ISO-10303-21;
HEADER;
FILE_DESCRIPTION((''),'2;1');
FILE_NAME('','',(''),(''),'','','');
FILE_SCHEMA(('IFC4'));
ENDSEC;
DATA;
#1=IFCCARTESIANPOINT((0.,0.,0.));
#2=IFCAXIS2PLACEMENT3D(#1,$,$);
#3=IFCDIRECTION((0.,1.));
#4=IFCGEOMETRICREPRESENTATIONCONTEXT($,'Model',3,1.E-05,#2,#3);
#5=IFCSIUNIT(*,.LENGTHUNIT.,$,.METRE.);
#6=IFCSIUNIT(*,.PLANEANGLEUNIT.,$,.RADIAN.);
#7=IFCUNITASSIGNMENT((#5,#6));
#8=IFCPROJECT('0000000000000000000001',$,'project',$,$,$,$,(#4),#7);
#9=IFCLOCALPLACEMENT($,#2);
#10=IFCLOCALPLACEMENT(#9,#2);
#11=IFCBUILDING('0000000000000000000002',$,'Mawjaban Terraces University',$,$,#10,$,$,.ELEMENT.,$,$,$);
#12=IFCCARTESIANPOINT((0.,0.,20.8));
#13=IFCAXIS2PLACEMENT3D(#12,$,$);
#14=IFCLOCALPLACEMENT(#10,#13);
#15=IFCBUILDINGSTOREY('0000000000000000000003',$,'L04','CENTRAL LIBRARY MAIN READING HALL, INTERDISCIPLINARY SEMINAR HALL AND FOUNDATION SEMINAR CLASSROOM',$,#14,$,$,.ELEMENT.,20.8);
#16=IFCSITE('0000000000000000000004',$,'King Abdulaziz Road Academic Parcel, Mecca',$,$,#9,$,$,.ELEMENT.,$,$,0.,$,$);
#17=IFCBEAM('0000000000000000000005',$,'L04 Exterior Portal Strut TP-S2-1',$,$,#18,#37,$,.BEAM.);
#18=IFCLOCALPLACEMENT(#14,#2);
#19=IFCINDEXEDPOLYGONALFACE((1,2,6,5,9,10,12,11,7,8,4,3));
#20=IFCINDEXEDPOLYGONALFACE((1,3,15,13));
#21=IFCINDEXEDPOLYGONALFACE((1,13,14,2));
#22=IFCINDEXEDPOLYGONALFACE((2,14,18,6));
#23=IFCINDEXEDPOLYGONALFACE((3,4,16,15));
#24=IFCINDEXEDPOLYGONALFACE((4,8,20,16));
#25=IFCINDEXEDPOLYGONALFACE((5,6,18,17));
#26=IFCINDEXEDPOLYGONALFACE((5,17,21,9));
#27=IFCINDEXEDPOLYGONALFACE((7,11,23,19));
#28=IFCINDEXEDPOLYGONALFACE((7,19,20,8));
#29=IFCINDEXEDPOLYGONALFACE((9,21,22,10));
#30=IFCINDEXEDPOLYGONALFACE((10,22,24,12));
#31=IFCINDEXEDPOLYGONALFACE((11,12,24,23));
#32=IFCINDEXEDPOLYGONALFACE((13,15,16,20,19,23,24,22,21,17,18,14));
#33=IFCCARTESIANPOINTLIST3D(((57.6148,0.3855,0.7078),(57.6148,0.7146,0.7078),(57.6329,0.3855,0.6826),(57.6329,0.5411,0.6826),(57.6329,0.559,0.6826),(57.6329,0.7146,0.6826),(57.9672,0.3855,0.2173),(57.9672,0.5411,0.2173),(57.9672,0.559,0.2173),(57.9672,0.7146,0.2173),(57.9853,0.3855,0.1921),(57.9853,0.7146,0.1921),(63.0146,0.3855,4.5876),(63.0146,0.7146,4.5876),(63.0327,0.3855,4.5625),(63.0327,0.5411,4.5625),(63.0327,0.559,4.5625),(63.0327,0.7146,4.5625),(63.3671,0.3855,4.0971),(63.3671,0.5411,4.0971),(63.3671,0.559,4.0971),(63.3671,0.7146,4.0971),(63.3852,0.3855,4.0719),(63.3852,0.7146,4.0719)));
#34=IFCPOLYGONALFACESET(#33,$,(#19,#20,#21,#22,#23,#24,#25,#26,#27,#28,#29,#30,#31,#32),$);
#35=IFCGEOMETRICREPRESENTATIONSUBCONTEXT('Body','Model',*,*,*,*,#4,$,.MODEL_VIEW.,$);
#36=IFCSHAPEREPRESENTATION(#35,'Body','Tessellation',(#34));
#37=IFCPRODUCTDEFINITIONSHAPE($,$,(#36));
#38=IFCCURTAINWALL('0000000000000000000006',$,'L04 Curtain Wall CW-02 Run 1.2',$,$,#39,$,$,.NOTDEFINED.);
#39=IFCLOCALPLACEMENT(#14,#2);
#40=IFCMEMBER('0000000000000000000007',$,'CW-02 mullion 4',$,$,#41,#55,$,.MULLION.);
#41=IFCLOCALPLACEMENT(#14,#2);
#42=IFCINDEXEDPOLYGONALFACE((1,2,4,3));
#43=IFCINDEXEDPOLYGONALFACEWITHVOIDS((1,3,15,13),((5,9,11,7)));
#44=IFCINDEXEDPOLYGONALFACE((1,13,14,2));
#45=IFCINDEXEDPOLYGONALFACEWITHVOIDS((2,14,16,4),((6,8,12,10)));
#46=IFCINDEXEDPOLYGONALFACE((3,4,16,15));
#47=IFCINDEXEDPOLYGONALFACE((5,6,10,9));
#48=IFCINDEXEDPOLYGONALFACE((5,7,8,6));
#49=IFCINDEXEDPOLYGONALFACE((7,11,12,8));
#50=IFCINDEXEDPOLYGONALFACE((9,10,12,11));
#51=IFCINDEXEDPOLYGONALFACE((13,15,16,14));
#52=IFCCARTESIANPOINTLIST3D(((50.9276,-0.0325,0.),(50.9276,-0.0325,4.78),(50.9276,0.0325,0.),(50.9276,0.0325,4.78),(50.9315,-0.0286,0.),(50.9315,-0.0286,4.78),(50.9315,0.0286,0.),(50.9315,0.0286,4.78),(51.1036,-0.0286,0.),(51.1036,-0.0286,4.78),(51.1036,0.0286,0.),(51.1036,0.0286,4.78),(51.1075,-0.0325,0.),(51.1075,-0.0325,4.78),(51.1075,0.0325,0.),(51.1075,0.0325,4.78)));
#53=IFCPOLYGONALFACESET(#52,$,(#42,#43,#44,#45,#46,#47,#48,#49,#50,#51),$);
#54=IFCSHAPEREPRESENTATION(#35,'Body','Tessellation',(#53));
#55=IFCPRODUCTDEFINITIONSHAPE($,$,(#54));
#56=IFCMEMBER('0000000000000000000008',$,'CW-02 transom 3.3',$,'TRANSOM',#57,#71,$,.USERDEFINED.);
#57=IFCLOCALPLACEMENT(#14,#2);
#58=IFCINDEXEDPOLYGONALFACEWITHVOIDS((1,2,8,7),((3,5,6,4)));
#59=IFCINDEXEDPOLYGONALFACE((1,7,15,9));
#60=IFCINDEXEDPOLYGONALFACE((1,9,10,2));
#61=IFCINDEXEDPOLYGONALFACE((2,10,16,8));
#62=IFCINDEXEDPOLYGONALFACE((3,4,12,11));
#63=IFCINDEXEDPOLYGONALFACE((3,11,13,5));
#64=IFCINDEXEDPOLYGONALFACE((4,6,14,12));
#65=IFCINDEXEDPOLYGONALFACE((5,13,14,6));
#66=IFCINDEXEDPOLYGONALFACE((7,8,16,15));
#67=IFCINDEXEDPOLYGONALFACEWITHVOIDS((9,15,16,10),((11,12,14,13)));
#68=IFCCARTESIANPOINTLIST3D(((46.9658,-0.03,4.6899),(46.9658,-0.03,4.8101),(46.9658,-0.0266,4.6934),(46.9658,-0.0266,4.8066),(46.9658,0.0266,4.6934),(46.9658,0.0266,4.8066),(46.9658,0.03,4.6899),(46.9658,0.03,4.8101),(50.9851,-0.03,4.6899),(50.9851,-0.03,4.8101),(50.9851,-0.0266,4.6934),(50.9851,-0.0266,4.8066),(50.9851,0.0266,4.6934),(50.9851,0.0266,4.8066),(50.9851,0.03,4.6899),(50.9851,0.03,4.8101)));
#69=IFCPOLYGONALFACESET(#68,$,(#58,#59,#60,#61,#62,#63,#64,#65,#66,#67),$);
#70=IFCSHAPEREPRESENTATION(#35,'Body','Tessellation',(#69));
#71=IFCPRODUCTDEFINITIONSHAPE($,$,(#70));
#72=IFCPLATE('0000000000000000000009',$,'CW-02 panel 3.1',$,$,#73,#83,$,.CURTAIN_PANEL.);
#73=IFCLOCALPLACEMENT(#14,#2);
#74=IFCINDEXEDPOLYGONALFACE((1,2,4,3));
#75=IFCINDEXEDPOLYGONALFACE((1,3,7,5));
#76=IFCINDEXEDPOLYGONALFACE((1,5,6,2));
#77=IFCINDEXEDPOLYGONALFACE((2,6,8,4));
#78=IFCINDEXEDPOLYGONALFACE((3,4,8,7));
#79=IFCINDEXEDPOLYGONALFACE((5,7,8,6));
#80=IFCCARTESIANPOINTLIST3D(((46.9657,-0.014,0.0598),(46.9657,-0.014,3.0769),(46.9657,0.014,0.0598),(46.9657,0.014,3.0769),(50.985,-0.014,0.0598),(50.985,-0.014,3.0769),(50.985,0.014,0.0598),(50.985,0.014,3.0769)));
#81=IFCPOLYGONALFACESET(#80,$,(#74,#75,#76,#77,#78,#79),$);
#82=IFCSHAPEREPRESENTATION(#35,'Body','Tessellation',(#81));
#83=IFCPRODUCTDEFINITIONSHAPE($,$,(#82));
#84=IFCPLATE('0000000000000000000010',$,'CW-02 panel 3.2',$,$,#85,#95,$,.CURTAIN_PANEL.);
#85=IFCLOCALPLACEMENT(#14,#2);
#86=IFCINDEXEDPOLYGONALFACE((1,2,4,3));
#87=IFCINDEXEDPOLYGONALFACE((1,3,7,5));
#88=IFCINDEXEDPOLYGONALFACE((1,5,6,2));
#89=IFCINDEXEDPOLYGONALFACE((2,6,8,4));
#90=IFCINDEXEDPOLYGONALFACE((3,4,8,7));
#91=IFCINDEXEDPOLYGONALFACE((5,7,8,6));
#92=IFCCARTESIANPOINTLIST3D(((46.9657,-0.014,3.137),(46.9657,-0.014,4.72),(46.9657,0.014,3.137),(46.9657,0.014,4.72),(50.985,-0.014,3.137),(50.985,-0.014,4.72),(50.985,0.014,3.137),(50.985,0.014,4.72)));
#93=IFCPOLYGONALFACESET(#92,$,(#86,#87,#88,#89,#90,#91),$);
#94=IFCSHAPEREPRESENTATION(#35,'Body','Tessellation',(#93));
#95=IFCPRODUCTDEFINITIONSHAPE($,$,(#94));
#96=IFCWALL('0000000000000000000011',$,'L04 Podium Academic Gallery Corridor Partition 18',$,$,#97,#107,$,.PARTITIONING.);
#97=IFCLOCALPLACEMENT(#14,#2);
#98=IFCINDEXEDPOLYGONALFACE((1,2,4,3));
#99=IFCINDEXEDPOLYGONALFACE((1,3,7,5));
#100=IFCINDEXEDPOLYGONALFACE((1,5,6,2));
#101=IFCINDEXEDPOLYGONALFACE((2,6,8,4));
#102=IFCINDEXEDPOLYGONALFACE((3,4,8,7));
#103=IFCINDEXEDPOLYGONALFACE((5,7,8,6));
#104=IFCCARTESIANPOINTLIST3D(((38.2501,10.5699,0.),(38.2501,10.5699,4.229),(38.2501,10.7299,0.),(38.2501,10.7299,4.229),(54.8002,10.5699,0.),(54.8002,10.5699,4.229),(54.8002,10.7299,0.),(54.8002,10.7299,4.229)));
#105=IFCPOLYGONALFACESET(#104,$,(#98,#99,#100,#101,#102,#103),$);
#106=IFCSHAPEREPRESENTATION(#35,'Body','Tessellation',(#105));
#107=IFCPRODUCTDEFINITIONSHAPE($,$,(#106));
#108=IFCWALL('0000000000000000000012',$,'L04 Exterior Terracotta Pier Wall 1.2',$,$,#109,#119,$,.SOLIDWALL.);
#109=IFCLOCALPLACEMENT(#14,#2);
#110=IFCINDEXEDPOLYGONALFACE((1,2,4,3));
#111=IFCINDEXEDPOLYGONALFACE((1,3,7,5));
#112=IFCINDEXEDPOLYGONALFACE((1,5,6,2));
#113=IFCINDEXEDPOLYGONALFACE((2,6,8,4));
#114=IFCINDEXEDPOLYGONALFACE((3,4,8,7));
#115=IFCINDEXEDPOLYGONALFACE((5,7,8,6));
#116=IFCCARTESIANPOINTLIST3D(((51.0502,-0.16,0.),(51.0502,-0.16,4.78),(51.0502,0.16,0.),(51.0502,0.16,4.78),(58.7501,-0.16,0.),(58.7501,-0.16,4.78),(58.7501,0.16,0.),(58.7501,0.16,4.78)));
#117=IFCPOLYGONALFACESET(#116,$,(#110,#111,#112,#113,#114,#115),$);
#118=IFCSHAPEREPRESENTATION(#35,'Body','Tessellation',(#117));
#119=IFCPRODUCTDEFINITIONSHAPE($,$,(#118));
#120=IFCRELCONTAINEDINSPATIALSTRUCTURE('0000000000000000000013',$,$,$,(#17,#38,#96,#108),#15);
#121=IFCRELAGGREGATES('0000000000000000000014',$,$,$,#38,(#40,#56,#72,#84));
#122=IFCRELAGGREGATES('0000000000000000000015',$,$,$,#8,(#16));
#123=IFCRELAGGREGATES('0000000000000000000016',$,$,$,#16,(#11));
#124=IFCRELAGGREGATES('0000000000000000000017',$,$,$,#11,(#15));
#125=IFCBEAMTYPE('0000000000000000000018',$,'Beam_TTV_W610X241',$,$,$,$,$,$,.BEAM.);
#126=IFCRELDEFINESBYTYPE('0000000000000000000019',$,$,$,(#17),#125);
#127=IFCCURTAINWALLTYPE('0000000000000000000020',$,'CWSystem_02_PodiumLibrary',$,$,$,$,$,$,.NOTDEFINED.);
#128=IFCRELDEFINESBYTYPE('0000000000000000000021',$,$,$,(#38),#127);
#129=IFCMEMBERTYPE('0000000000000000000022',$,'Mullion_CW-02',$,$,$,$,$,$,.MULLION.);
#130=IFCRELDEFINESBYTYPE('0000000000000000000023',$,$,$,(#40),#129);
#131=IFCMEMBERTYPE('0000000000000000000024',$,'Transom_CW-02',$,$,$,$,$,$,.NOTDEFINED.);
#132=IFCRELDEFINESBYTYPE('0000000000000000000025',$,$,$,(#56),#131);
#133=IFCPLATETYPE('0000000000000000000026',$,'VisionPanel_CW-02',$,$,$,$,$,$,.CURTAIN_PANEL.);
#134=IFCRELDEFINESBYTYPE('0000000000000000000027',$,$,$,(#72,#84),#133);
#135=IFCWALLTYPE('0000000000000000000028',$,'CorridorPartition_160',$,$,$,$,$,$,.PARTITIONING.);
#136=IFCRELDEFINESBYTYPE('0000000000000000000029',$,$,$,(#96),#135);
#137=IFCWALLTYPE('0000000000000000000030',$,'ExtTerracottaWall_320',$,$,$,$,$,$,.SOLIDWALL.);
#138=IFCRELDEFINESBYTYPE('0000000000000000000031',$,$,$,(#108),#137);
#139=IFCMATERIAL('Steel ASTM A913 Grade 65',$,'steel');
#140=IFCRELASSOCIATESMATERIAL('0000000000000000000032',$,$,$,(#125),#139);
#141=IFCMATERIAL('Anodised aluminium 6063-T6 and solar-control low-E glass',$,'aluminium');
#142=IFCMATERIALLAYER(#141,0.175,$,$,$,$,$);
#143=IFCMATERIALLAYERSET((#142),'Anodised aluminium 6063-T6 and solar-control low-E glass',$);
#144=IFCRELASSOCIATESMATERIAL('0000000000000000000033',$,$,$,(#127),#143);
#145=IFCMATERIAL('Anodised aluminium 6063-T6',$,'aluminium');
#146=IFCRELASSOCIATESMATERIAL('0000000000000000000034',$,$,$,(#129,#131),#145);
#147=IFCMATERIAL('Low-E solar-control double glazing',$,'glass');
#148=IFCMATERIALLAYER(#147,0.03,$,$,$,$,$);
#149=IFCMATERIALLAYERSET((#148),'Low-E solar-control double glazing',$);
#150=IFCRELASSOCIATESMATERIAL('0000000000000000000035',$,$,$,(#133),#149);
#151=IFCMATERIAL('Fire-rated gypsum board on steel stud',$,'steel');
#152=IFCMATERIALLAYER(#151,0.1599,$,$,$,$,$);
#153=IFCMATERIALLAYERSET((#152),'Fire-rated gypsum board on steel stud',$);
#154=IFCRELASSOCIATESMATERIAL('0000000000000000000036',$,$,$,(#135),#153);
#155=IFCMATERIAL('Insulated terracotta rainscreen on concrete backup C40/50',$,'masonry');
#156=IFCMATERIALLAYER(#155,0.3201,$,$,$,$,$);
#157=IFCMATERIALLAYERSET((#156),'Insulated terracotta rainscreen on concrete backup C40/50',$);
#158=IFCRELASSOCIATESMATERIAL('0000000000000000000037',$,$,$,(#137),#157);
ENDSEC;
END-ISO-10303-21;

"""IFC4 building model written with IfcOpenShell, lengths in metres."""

from ifc_helpers import new_model, si_unit, direction, frame, frame_2d, origin, origin_2d, place, context, subcontext, project, spatial, rectangle, hollow_rectangle, i_section, extrude, material, layer, layer_set, material_profile, profile_set, type_object, element, aggregate, save


model = new_model("IFC4")

# Units and contexts
model_context = context("Model", 3, precision=1e-05, world=origin(), true_north=direction((0.0, 1.0)))
body_context = subcontext(model_context, "Body", "Model", "MODEL_VIEW")
ifc_project = project(units=[si_unit("LENGTHUNIT", "METRE"), si_unit("PLANEANGLEUNIT", "RADIAN")], contexts=[model_context])

# Site, building, storey
site_placement = place(None, origin())
site = spatial("IfcSite", under=ifc_project, at=site_placement, Name="King Abdulaziz Road Academic Parcel, Mecca", CompositionType="ELEMENT", RefElevation=0.0)
building_placement = place(site_placement, origin())
building = spatial("IfcBuilding", under=site, at=building_placement, Name="Mawjaban Terraces University", CompositionType="ELEMENT")
storey_placement = place(building_placement, frame((0.0, 0.0, 20.8)))
storey = spatial("IfcBuildingStorey", under=building, at=storey_placement, Name="L04", Description="CENTRAL LIBRARY MAIN READING HALL, INTERDISCIPLINARY SEMINAR HALL AND FOUNDATION SEMINAR CLASSROOM", CompositionType="ELEMENT", Elevation=20.8)

# Beam
ifc_material_1 = material(Name="Steel ASTM A913 Grade 65", Category="steel")
ifc_material_profile_1 = material_profile(ifc_material_1, i_section(OverallWidth=0.3291, OverallDepth=0.635, WebThickness=0.0178, FlangeThickness=0.031, at=origin_2d()), Name="W610X241")
ifc_profile_set_1 = profile_set([ifc_material_profile_1], Name="Steel ASTM A913 Grade 65")
beam_type_1 = type_object("IfcBeamType", Name="Beam_TTV_W610X241", PredefinedType="BEAM", material=ifc_profile_set_1)
beam_1_placement = place(storey_placement, frame((57.8, 0.55, 0.45), z_axis=(0.812108, 0.0, 0.583507), x_axis=(0.0, 1.0, 0.0)))
element("IfcBeam", 1, at=beam_1_placement, inside=storey, type_object=beam_type_1, Name="L04 Exterior Portal Strut TP-S2-1", PredefinedType="BEAM", context=body_context, shape_type="SweptSolid", body=[
    extrude(i_section(OverallWidth=0.3291, OverallDepth=0.635, WebThickness=0.0178, FlangeThickness=0.031, at=origin_2d()), origin(), (0.0, 0.0, 1.0), 6.6492),
])

# Curtain wall, members, plates
ifc_material_2 = material(Name="Anodised aluminium 6063-T6 and solar-control low-E glass", Category="aluminium")
ifc_layer_1 = layer(ifc_material_2, 0.175)
ifc_layer_set_1 = layer_set([ifc_layer_1], Name="Anodised aluminium 6063-T6 and solar-control low-E glass")
curtain_wall_type = type_object("IfcCurtainWallType", Name="CWSystem_02_PodiumLibrary", PredefinedType="NOTDEFINED", material=ifc_layer_set_1)
curtain_wall_placement = place(storey_placement, origin())
curtain_wall = element("IfcCurtainWall", 2, at=curtain_wall_placement, inside=storey, type_object=curtain_wall_type, Name="L04 Curtain Wall CW-02 Run 1.2", PredefinedType="NOTDEFINED")
ifc_material_3 = material(Name="Anodised aluminium 6063-T6", Category="aluminium")
ifc_material_profile_2 = material_profile(ifc_material_3, hollow_rectangle(XDim=0.0649, YDim=0.1799, WallThickness=0.0039, at=origin_2d()), Name="ALU180X65X4")
ifc_profile_set_2 = profile_set([ifc_material_profile_2], Name="Anodised aluminium 6063-T6")
member_type_1 = type_object("IfcMemberType", Name="Mullion_CW-02", PredefinedType="MULLION", material=ifc_profile_set_2)
member_1_placement = place(storey_placement, frame((51.0176, 0.0, 0.0), z_axis=(0.0, 0.0, 1.0), x_axis=(0.0, 1.0, 0.0)))
member_1 = element("IfcMember", 3, at=member_1_placement, type_object=member_type_1, Name="CW-02 mullion 4", PredefinedType="MULLION", context=body_context, shape_type="SweptSolid", body=[
    extrude(hollow_rectangle(XDim=0.0649, YDim=0.1799, WallThickness=0.0039, at=origin_2d()), origin(), (0.0, 0.0, 1.0), 4.78),
])
ifc_material_profile_3 = material_profile(ifc_material_3, hollow_rectangle(XDim=0.0601, YDim=0.1201, WallThickness=0.0034, at=origin_2d()), Name="ALU120X60X3.5")
ifc_profile_set_3 = profile_set([ifc_material_profile_3], Name="Anodised aluminium 6063-T6")
member_type_2 = type_object("IfcMemberType", Name="Transom_CW-02", PredefinedType="NOTDEFINED", material=ifc_profile_set_3)
member_2_placement = place(storey_placement, frame((46.9658, 0.0, 4.75), z_axis=(1.0, 0.0, 0.0), x_axis=(0.0, 1.0, 0.0)))
member_2 = element("IfcMember", 4, at=member_2_placement, type_object=member_type_2, Name="CW-02 transom 3.3", ObjectType="TRANSOM", PredefinedType="USERDEFINED", context=body_context, shape_type="SweptSolid", body=[
    extrude(hollow_rectangle(XDim=0.0601, YDim=0.1201, WallThickness=0.0034, at=origin_2d()), origin(), (0.0, 0.0, 1.0), 4.0193),
])
ifc_material_4 = material(Name="Low-E solar-control double glazing", Category="glass")
ifc_layer_2 = layer(ifc_material_4, 0.03)
ifc_layer_set_2 = layer_set([ifc_layer_2], Name="Low-E solar-control double glazing")
plate_type = type_object("IfcPlateType", Name="VisionPanel_CW-02", PredefinedType="CURTAIN_PANEL", material=ifc_layer_set_2)
plate_1_placement = place(storey_placement, frame((48.9753, 0.0, 0.0598), z_axis=(0.0, 0.0, 1.0), x_axis=(1.0, 0.0, 0.0)))
plate_1 = element("IfcPlate", 5, at=plate_1_placement, type_object=plate_type, Name="CW-02 panel 3.1", PredefinedType="CURTAIN_PANEL", context=body_context, shape_type="SweptSolid", body=[
    extrude(rectangle(XDim=4.0193, YDim=0.0281, at=origin_2d()), origin(), (0.0, 0.0, 1.0), 3.0171),
])
plate_2_placement = place(storey_placement, frame((48.9753, 0.0, 3.137), z_axis=(0.0, 0.0, 1.0), x_axis=(1.0, 0.0, 0.0)))
plate_2 = element("IfcPlate", 6, at=plate_2_placement, type_object=plate_type, Name="CW-02 panel 3.2", PredefinedType="CURTAIN_PANEL", context=body_context, shape_type="SweptSolid", body=[
    extrude(rectangle(XDim=4.0193, YDim=0.0281, at=origin_2d()), origin(), (0.0, 0.0, 1.0), 1.583),
])
aggregate(curtain_wall, [member_1, member_2, plate_1, plate_2])

# Walls
ifc_material_5 = material(Name="Fire-rated gypsum board on steel stud", Category="steel")
ifc_layer_3 = layer(ifc_material_5, 0.1599)
ifc_layer_set_3 = layer_set([ifc_layer_3], Name="Fire-rated gypsum board on steel stud")
wall_type_1 = type_object("IfcWallType", Name="CorridorPartition_160", PredefinedType="PARTITIONING", material=ifc_layer_set_3)
wall_1_placement = place(storey_placement, frame((54.8, 10.6499, 0.0), z_axis=(0.0, 0.0, 1.0), x_axis=(-1.0, 0.0, 0.0)))
element("IfcWall", 7, at=wall_1_placement, inside=storey, type_object=wall_type_1, Name="L04 Podium Academic Gallery Corridor Partition 18", PredefinedType="PARTITIONING", context=body_context, shape_type="SweptSolid", body=[
    extrude(rectangle(XDim=16.55, YDim=0.1599, at=frame_2d((8.2749, 0.0))), origin(), (0.0, 0.0, 1.0), 4.229),
])
ifc_material_6 = material(Name="Insulated terracotta rainscreen on concrete backup C40/50", Category="masonry")
ifc_layer_4 = layer(ifc_material_6, 0.3201)
ifc_layer_set_4 = layer_set([ifc_layer_4], Name="Insulated terracotta rainscreen on concrete backup C40/50")
wall_type_2 = type_object("IfcWallType", Name="ExtTerracottaWall_320", PredefinedType="SOLIDWALL", material=ifc_layer_set_4)
wall_2_placement = place(storey_placement, frame((51.05, 0.0, 0.0), z_axis=(0.0, 0.0, 1.0), x_axis=(1.0, 0.0, 0.0)))
element("IfcWall", 8, at=wall_2_placement, inside=storey, type_object=wall_type_2, Name="L04 Exterior Terracotta Pier Wall 1.2", PredefinedType="SOLIDWALL", context=body_context, shape_type="SweptSolid", body=[
    extrude(rectangle(XDim=7.7, YDim=0.3201, at=frame_2d((3.8501, 0.0))), origin(), (0.0, 0.0, 1.0), 4.78),
])

save(model, "model.ifc")
